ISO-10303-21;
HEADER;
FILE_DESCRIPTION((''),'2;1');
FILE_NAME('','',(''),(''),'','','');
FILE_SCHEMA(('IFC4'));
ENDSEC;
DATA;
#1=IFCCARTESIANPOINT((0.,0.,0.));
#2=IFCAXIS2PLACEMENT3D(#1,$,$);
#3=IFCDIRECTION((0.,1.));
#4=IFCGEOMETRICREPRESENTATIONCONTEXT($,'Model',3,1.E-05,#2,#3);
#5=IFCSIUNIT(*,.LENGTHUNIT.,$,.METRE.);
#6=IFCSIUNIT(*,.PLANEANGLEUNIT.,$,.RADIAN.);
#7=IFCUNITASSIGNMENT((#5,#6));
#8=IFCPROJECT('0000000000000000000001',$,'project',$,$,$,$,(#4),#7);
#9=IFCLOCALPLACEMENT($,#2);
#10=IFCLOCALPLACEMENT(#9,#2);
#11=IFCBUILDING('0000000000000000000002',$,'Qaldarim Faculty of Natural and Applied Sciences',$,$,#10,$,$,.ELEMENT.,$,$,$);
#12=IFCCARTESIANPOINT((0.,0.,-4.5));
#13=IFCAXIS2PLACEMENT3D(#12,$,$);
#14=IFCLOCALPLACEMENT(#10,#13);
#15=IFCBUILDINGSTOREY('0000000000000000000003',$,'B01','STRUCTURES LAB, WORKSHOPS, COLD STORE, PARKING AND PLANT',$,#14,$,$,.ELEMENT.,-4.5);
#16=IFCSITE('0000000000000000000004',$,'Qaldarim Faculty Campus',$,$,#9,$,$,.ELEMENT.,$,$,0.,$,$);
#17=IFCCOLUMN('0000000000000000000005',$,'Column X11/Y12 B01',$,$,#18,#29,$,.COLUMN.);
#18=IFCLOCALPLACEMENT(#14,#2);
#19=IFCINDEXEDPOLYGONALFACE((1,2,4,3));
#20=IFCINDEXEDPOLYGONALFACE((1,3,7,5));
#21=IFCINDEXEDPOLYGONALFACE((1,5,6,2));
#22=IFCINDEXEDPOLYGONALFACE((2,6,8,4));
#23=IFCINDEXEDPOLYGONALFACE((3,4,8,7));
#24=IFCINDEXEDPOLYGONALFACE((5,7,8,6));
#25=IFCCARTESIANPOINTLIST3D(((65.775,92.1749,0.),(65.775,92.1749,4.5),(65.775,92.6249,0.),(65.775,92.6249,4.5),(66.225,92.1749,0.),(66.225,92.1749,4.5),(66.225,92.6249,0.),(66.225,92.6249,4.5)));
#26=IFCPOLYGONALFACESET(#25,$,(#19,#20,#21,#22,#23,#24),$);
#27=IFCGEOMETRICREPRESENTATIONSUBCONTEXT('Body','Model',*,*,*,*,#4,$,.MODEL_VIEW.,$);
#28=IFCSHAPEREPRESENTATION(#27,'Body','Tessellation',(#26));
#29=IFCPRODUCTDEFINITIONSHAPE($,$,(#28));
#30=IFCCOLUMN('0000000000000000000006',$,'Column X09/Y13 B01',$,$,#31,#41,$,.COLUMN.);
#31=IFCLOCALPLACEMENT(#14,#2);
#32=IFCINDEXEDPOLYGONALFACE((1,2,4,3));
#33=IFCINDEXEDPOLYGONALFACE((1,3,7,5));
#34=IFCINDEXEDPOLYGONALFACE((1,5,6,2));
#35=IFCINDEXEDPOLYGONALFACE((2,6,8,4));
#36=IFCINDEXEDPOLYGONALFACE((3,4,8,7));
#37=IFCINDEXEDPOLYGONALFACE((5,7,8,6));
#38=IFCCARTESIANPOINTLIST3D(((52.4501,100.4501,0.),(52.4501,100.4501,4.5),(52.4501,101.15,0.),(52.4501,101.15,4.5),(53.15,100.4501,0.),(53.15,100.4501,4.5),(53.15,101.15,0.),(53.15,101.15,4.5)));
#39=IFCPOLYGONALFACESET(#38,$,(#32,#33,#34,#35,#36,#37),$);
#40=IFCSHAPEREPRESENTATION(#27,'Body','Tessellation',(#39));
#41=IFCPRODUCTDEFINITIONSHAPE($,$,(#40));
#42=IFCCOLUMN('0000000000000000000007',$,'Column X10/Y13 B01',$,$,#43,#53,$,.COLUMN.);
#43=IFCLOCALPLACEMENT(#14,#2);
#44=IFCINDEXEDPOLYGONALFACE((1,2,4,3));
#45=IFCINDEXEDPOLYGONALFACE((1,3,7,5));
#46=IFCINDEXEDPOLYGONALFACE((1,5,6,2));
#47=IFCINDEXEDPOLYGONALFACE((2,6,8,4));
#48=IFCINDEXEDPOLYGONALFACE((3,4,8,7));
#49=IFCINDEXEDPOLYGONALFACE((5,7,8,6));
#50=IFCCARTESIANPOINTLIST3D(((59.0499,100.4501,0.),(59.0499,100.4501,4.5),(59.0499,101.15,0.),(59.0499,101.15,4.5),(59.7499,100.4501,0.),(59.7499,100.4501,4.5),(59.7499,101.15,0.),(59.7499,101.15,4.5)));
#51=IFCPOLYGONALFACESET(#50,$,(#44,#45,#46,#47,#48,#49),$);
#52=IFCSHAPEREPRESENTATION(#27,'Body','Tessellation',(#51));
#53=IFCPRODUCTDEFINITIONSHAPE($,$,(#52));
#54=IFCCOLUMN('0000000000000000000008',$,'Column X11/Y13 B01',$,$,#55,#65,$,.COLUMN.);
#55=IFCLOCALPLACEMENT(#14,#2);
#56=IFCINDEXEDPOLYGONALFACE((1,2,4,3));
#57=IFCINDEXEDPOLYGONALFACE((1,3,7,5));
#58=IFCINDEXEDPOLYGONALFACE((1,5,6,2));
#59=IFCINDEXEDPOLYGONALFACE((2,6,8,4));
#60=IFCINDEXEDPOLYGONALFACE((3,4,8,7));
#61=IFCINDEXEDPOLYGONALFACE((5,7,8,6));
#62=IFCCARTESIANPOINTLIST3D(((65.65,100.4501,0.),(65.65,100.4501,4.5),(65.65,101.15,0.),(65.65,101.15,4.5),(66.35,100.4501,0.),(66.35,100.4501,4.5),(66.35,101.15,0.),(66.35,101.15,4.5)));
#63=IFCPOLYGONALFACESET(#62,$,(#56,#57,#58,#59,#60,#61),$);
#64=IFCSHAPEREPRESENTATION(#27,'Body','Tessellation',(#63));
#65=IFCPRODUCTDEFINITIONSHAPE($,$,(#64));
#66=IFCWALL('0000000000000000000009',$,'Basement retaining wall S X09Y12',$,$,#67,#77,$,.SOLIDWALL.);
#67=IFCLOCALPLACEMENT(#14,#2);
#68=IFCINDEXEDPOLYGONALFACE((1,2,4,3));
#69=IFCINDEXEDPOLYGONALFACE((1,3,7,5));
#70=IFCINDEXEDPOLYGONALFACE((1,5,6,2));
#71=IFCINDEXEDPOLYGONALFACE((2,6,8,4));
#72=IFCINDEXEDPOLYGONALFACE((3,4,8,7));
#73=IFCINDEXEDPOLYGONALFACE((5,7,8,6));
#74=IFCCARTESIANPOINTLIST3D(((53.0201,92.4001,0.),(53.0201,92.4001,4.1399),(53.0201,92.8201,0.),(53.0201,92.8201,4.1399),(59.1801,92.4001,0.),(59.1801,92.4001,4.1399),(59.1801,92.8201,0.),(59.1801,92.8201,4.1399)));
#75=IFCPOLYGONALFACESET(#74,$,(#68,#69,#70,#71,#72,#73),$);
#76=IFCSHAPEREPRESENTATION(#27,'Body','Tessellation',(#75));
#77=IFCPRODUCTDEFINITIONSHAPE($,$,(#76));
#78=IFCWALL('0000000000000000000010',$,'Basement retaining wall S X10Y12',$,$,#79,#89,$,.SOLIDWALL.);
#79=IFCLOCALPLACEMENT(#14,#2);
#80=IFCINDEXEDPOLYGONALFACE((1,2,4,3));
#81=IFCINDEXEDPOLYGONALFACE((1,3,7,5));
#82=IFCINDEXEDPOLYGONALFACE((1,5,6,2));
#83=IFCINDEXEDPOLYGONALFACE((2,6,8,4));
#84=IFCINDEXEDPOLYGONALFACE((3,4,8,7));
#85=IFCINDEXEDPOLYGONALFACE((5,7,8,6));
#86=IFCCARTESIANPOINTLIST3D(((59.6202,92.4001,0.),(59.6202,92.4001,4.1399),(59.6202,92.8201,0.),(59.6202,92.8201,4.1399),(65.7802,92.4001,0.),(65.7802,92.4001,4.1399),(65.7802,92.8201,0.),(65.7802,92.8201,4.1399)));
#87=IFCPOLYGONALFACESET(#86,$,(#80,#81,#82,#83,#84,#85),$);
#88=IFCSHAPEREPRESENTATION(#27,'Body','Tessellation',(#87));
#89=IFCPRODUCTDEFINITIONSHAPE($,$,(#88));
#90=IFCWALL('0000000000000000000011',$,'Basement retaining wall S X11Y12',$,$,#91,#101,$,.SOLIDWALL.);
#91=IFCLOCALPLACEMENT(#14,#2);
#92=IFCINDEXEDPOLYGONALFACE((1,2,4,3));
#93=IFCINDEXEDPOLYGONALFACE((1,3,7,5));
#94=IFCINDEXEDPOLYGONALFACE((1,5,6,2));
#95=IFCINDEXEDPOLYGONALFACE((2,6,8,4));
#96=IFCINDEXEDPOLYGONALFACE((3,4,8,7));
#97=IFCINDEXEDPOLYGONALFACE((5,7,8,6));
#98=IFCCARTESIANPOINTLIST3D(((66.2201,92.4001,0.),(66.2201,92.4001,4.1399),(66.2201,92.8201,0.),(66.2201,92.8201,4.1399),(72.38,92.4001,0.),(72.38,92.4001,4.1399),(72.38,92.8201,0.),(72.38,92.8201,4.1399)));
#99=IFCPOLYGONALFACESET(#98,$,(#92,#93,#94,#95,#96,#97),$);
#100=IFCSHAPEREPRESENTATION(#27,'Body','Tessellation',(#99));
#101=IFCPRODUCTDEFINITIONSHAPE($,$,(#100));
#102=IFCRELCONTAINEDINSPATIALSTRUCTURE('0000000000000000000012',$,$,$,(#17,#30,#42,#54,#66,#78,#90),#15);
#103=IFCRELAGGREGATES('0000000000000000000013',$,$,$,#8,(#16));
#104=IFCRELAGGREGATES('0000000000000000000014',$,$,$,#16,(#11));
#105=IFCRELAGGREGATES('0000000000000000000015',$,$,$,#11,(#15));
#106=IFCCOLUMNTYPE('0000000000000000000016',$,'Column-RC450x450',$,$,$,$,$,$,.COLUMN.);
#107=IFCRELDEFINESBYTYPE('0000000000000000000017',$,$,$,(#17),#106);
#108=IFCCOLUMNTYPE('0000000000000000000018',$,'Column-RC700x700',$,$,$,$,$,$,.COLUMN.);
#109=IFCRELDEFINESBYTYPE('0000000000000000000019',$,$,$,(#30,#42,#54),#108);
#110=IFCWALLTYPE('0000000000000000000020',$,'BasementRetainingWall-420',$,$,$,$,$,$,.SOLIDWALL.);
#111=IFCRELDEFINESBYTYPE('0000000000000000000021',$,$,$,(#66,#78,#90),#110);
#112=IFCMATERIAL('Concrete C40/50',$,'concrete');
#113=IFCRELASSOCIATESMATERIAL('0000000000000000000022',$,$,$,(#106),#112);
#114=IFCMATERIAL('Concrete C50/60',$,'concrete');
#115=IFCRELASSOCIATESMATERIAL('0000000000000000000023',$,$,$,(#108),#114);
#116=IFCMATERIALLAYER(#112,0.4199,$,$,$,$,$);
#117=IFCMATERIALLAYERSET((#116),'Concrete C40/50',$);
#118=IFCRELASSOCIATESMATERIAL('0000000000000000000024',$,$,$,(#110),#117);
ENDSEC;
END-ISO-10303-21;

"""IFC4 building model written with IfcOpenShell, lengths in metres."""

from ifc_helpers import new_model, si_unit, direction, frame, frame_2d, origin, origin_2d, place, context, subcontext, project, spatial, rectangle, extrude, material, layer, layer_set, material_profile, profile_set, type_object, element, save


model = new_model("IFC4")

# Units and contexts
model_context = context("Model", 3, precision=1e-05, world=origin(), true_north=direction((0.0, 1.0)))
body_context = subcontext(model_context, "Body", "Model", "MODEL_VIEW")
ifc_project = project(units=[si_unit("LENGTHUNIT", "METRE"), si_unit("PLANEANGLEUNIT", "RADIAN")], contexts=[model_context])

# Site, building, storey
site_placement = place(None, origin())
site = spatial("IfcSite", under=ifc_project, at=site_placement, Name="Qaldarim Faculty Campus", CompositionType="ELEMENT", RefElevation=0.0)
building_placement = place(site_placement, origin())
building = spatial("IfcBuilding", under=site, at=building_placement, Name="Qaldarim Faculty of Natural and Applied Sciences", CompositionType="ELEMENT")
storey_placement = place(building_placement, frame((0.0, 0.0, -4.5)))
storey = spatial("IfcBuildingStorey", under=building, at=storey_placement, Name="B01", Description="STRUCTURES LAB, WORKSHOPS, COLD STORE, PARKING AND PLANT", CompositionType="ELEMENT", Elevation=-4.5)

# Shared definitions
ifc_material_1 = material(Name="Concrete C40/50", Category="concrete")

# Columns
ifc_material_profile_1 = material_profile(ifc_material_1, rectangle(XDim=0.45, YDim=0.45, at=origin_2d()), Name="RC-C450x450")
ifc_profile_set_1 = profile_set([ifc_material_profile_1], Name="Concrete C40/50")
column_type_1 = type_object("IfcColumnType", Name="Column-RC450x450", PredefinedType="COLUMN", material=ifc_profile_set_1)
for number, where, z_axis, x_axis, name in (
    (1, (66.0, 92.3999, 0.0), (0.0, 0.0, 1.0), (1.0, 0.0, 0.0), "Column X11/Y12 B01"),
):
    element("IfcColumn", number, at=place(storey_placement, frame(where, z_axis=z_axis, x_axis=x_axis)), inside=storey, type_object=column_type_1, Name=name, PredefinedType="COLUMN", context=body_context, shape_type="SweptSolid", body=[
        extrude(rectangle(XDim=0.45, YDim=0.45, at=origin_2d()), origin(), (0.0, 0.0, 1.0), 4.5),
    ])
ifc_material_2 = material(Name="Concrete C50/60", Category="concrete")
ifc_material_profile_2 = material_profile(ifc_material_2, rectangle(XDim=0.7, YDim=0.7, at=origin_2d()), Name="RC-C700x700")
ifc_profile_set_2 = profile_set([ifc_material_profile_2], Name="Concrete C50/60")
column_type_2 = type_object("IfcColumnType", Name="Column-RC700x700", PredefinedType="COLUMN", material=ifc_profile_set_2)
for number, where, z_axis, x_axis, name in (
    (2, (52.8, 100.8, 0.0), (0.0, 0.0, 1.0), (1.0, 0.0, 0.0), "Column X09/Y13 B01"),
    (3, (59.3999, 100.8, 0.0), (0.0, 0.0, 1.0), (1.0, 0.0, 0.0), "Column X10/Y13 B01"),
    (4, (66.0, 100.8, 0.0), (0.0, 0.0, 1.0), (1.0, 0.0, 0.0), "Column X11/Y13 B01"),
):
    element("IfcColumn", number, at=place(storey_placement, frame(where, z_axis=z_axis, x_axis=x_axis)), inside=storey, type_object=column_type_2, Name=name, PredefinedType="COLUMN", context=body_context, shape_type="SweptSolid", body=[
        extrude(rectangle(XDim=0.7, YDim=0.7, at=origin_2d()), origin(), (0.0, 0.0, 1.0), 4.5),
    ])

# Walls
ifc_layer_1 = layer(ifc_material_1, 0.4199)
ifc_layer_set_1 = layer_set([ifc_layer_1], Name="Concrete C40/50")
wall_type = type_object("IfcWallType", Name="BasementRetainingWall-420", PredefinedType="SOLIDWALL", material=ifc_layer_set_1)
for number, where, z_axis, x_axis, name in (
    (5, (53.02, 92.6101, 0.0), (0.0, 0.0, 1.0), (1.0, 0.0, 0.0), "Basement retaining wall S X09Y12"),
    (6, (59.6201, 92.6101, 0.0), (0.0, 0.0, 1.0), (1.0, 0.0, 0.0), "Basement retaining wall S X10Y12"),
    (7, (66.22, 92.6101, 0.0), (0.0, 0.0, 1.0), (1.0, 0.0, 0.0), "Basement retaining wall S X11Y12"),
):
    element("IfcWall", number, at=place(storey_placement, frame(where, z_axis=z_axis, x_axis=x_axis)), inside=storey, type_object=wall_type, Name=name, PredefinedType="SOLIDWALL", context=body_context, shape_type="SweptSolid", body=[
        extrude(rectangle(XDim=6.1599, YDim=0.4199, at=frame_2d((3.0801, 0.0))), origin(), (0.0, 0.0, 1.0), 4.1399),
    ])

save(model, "model.ifc")
